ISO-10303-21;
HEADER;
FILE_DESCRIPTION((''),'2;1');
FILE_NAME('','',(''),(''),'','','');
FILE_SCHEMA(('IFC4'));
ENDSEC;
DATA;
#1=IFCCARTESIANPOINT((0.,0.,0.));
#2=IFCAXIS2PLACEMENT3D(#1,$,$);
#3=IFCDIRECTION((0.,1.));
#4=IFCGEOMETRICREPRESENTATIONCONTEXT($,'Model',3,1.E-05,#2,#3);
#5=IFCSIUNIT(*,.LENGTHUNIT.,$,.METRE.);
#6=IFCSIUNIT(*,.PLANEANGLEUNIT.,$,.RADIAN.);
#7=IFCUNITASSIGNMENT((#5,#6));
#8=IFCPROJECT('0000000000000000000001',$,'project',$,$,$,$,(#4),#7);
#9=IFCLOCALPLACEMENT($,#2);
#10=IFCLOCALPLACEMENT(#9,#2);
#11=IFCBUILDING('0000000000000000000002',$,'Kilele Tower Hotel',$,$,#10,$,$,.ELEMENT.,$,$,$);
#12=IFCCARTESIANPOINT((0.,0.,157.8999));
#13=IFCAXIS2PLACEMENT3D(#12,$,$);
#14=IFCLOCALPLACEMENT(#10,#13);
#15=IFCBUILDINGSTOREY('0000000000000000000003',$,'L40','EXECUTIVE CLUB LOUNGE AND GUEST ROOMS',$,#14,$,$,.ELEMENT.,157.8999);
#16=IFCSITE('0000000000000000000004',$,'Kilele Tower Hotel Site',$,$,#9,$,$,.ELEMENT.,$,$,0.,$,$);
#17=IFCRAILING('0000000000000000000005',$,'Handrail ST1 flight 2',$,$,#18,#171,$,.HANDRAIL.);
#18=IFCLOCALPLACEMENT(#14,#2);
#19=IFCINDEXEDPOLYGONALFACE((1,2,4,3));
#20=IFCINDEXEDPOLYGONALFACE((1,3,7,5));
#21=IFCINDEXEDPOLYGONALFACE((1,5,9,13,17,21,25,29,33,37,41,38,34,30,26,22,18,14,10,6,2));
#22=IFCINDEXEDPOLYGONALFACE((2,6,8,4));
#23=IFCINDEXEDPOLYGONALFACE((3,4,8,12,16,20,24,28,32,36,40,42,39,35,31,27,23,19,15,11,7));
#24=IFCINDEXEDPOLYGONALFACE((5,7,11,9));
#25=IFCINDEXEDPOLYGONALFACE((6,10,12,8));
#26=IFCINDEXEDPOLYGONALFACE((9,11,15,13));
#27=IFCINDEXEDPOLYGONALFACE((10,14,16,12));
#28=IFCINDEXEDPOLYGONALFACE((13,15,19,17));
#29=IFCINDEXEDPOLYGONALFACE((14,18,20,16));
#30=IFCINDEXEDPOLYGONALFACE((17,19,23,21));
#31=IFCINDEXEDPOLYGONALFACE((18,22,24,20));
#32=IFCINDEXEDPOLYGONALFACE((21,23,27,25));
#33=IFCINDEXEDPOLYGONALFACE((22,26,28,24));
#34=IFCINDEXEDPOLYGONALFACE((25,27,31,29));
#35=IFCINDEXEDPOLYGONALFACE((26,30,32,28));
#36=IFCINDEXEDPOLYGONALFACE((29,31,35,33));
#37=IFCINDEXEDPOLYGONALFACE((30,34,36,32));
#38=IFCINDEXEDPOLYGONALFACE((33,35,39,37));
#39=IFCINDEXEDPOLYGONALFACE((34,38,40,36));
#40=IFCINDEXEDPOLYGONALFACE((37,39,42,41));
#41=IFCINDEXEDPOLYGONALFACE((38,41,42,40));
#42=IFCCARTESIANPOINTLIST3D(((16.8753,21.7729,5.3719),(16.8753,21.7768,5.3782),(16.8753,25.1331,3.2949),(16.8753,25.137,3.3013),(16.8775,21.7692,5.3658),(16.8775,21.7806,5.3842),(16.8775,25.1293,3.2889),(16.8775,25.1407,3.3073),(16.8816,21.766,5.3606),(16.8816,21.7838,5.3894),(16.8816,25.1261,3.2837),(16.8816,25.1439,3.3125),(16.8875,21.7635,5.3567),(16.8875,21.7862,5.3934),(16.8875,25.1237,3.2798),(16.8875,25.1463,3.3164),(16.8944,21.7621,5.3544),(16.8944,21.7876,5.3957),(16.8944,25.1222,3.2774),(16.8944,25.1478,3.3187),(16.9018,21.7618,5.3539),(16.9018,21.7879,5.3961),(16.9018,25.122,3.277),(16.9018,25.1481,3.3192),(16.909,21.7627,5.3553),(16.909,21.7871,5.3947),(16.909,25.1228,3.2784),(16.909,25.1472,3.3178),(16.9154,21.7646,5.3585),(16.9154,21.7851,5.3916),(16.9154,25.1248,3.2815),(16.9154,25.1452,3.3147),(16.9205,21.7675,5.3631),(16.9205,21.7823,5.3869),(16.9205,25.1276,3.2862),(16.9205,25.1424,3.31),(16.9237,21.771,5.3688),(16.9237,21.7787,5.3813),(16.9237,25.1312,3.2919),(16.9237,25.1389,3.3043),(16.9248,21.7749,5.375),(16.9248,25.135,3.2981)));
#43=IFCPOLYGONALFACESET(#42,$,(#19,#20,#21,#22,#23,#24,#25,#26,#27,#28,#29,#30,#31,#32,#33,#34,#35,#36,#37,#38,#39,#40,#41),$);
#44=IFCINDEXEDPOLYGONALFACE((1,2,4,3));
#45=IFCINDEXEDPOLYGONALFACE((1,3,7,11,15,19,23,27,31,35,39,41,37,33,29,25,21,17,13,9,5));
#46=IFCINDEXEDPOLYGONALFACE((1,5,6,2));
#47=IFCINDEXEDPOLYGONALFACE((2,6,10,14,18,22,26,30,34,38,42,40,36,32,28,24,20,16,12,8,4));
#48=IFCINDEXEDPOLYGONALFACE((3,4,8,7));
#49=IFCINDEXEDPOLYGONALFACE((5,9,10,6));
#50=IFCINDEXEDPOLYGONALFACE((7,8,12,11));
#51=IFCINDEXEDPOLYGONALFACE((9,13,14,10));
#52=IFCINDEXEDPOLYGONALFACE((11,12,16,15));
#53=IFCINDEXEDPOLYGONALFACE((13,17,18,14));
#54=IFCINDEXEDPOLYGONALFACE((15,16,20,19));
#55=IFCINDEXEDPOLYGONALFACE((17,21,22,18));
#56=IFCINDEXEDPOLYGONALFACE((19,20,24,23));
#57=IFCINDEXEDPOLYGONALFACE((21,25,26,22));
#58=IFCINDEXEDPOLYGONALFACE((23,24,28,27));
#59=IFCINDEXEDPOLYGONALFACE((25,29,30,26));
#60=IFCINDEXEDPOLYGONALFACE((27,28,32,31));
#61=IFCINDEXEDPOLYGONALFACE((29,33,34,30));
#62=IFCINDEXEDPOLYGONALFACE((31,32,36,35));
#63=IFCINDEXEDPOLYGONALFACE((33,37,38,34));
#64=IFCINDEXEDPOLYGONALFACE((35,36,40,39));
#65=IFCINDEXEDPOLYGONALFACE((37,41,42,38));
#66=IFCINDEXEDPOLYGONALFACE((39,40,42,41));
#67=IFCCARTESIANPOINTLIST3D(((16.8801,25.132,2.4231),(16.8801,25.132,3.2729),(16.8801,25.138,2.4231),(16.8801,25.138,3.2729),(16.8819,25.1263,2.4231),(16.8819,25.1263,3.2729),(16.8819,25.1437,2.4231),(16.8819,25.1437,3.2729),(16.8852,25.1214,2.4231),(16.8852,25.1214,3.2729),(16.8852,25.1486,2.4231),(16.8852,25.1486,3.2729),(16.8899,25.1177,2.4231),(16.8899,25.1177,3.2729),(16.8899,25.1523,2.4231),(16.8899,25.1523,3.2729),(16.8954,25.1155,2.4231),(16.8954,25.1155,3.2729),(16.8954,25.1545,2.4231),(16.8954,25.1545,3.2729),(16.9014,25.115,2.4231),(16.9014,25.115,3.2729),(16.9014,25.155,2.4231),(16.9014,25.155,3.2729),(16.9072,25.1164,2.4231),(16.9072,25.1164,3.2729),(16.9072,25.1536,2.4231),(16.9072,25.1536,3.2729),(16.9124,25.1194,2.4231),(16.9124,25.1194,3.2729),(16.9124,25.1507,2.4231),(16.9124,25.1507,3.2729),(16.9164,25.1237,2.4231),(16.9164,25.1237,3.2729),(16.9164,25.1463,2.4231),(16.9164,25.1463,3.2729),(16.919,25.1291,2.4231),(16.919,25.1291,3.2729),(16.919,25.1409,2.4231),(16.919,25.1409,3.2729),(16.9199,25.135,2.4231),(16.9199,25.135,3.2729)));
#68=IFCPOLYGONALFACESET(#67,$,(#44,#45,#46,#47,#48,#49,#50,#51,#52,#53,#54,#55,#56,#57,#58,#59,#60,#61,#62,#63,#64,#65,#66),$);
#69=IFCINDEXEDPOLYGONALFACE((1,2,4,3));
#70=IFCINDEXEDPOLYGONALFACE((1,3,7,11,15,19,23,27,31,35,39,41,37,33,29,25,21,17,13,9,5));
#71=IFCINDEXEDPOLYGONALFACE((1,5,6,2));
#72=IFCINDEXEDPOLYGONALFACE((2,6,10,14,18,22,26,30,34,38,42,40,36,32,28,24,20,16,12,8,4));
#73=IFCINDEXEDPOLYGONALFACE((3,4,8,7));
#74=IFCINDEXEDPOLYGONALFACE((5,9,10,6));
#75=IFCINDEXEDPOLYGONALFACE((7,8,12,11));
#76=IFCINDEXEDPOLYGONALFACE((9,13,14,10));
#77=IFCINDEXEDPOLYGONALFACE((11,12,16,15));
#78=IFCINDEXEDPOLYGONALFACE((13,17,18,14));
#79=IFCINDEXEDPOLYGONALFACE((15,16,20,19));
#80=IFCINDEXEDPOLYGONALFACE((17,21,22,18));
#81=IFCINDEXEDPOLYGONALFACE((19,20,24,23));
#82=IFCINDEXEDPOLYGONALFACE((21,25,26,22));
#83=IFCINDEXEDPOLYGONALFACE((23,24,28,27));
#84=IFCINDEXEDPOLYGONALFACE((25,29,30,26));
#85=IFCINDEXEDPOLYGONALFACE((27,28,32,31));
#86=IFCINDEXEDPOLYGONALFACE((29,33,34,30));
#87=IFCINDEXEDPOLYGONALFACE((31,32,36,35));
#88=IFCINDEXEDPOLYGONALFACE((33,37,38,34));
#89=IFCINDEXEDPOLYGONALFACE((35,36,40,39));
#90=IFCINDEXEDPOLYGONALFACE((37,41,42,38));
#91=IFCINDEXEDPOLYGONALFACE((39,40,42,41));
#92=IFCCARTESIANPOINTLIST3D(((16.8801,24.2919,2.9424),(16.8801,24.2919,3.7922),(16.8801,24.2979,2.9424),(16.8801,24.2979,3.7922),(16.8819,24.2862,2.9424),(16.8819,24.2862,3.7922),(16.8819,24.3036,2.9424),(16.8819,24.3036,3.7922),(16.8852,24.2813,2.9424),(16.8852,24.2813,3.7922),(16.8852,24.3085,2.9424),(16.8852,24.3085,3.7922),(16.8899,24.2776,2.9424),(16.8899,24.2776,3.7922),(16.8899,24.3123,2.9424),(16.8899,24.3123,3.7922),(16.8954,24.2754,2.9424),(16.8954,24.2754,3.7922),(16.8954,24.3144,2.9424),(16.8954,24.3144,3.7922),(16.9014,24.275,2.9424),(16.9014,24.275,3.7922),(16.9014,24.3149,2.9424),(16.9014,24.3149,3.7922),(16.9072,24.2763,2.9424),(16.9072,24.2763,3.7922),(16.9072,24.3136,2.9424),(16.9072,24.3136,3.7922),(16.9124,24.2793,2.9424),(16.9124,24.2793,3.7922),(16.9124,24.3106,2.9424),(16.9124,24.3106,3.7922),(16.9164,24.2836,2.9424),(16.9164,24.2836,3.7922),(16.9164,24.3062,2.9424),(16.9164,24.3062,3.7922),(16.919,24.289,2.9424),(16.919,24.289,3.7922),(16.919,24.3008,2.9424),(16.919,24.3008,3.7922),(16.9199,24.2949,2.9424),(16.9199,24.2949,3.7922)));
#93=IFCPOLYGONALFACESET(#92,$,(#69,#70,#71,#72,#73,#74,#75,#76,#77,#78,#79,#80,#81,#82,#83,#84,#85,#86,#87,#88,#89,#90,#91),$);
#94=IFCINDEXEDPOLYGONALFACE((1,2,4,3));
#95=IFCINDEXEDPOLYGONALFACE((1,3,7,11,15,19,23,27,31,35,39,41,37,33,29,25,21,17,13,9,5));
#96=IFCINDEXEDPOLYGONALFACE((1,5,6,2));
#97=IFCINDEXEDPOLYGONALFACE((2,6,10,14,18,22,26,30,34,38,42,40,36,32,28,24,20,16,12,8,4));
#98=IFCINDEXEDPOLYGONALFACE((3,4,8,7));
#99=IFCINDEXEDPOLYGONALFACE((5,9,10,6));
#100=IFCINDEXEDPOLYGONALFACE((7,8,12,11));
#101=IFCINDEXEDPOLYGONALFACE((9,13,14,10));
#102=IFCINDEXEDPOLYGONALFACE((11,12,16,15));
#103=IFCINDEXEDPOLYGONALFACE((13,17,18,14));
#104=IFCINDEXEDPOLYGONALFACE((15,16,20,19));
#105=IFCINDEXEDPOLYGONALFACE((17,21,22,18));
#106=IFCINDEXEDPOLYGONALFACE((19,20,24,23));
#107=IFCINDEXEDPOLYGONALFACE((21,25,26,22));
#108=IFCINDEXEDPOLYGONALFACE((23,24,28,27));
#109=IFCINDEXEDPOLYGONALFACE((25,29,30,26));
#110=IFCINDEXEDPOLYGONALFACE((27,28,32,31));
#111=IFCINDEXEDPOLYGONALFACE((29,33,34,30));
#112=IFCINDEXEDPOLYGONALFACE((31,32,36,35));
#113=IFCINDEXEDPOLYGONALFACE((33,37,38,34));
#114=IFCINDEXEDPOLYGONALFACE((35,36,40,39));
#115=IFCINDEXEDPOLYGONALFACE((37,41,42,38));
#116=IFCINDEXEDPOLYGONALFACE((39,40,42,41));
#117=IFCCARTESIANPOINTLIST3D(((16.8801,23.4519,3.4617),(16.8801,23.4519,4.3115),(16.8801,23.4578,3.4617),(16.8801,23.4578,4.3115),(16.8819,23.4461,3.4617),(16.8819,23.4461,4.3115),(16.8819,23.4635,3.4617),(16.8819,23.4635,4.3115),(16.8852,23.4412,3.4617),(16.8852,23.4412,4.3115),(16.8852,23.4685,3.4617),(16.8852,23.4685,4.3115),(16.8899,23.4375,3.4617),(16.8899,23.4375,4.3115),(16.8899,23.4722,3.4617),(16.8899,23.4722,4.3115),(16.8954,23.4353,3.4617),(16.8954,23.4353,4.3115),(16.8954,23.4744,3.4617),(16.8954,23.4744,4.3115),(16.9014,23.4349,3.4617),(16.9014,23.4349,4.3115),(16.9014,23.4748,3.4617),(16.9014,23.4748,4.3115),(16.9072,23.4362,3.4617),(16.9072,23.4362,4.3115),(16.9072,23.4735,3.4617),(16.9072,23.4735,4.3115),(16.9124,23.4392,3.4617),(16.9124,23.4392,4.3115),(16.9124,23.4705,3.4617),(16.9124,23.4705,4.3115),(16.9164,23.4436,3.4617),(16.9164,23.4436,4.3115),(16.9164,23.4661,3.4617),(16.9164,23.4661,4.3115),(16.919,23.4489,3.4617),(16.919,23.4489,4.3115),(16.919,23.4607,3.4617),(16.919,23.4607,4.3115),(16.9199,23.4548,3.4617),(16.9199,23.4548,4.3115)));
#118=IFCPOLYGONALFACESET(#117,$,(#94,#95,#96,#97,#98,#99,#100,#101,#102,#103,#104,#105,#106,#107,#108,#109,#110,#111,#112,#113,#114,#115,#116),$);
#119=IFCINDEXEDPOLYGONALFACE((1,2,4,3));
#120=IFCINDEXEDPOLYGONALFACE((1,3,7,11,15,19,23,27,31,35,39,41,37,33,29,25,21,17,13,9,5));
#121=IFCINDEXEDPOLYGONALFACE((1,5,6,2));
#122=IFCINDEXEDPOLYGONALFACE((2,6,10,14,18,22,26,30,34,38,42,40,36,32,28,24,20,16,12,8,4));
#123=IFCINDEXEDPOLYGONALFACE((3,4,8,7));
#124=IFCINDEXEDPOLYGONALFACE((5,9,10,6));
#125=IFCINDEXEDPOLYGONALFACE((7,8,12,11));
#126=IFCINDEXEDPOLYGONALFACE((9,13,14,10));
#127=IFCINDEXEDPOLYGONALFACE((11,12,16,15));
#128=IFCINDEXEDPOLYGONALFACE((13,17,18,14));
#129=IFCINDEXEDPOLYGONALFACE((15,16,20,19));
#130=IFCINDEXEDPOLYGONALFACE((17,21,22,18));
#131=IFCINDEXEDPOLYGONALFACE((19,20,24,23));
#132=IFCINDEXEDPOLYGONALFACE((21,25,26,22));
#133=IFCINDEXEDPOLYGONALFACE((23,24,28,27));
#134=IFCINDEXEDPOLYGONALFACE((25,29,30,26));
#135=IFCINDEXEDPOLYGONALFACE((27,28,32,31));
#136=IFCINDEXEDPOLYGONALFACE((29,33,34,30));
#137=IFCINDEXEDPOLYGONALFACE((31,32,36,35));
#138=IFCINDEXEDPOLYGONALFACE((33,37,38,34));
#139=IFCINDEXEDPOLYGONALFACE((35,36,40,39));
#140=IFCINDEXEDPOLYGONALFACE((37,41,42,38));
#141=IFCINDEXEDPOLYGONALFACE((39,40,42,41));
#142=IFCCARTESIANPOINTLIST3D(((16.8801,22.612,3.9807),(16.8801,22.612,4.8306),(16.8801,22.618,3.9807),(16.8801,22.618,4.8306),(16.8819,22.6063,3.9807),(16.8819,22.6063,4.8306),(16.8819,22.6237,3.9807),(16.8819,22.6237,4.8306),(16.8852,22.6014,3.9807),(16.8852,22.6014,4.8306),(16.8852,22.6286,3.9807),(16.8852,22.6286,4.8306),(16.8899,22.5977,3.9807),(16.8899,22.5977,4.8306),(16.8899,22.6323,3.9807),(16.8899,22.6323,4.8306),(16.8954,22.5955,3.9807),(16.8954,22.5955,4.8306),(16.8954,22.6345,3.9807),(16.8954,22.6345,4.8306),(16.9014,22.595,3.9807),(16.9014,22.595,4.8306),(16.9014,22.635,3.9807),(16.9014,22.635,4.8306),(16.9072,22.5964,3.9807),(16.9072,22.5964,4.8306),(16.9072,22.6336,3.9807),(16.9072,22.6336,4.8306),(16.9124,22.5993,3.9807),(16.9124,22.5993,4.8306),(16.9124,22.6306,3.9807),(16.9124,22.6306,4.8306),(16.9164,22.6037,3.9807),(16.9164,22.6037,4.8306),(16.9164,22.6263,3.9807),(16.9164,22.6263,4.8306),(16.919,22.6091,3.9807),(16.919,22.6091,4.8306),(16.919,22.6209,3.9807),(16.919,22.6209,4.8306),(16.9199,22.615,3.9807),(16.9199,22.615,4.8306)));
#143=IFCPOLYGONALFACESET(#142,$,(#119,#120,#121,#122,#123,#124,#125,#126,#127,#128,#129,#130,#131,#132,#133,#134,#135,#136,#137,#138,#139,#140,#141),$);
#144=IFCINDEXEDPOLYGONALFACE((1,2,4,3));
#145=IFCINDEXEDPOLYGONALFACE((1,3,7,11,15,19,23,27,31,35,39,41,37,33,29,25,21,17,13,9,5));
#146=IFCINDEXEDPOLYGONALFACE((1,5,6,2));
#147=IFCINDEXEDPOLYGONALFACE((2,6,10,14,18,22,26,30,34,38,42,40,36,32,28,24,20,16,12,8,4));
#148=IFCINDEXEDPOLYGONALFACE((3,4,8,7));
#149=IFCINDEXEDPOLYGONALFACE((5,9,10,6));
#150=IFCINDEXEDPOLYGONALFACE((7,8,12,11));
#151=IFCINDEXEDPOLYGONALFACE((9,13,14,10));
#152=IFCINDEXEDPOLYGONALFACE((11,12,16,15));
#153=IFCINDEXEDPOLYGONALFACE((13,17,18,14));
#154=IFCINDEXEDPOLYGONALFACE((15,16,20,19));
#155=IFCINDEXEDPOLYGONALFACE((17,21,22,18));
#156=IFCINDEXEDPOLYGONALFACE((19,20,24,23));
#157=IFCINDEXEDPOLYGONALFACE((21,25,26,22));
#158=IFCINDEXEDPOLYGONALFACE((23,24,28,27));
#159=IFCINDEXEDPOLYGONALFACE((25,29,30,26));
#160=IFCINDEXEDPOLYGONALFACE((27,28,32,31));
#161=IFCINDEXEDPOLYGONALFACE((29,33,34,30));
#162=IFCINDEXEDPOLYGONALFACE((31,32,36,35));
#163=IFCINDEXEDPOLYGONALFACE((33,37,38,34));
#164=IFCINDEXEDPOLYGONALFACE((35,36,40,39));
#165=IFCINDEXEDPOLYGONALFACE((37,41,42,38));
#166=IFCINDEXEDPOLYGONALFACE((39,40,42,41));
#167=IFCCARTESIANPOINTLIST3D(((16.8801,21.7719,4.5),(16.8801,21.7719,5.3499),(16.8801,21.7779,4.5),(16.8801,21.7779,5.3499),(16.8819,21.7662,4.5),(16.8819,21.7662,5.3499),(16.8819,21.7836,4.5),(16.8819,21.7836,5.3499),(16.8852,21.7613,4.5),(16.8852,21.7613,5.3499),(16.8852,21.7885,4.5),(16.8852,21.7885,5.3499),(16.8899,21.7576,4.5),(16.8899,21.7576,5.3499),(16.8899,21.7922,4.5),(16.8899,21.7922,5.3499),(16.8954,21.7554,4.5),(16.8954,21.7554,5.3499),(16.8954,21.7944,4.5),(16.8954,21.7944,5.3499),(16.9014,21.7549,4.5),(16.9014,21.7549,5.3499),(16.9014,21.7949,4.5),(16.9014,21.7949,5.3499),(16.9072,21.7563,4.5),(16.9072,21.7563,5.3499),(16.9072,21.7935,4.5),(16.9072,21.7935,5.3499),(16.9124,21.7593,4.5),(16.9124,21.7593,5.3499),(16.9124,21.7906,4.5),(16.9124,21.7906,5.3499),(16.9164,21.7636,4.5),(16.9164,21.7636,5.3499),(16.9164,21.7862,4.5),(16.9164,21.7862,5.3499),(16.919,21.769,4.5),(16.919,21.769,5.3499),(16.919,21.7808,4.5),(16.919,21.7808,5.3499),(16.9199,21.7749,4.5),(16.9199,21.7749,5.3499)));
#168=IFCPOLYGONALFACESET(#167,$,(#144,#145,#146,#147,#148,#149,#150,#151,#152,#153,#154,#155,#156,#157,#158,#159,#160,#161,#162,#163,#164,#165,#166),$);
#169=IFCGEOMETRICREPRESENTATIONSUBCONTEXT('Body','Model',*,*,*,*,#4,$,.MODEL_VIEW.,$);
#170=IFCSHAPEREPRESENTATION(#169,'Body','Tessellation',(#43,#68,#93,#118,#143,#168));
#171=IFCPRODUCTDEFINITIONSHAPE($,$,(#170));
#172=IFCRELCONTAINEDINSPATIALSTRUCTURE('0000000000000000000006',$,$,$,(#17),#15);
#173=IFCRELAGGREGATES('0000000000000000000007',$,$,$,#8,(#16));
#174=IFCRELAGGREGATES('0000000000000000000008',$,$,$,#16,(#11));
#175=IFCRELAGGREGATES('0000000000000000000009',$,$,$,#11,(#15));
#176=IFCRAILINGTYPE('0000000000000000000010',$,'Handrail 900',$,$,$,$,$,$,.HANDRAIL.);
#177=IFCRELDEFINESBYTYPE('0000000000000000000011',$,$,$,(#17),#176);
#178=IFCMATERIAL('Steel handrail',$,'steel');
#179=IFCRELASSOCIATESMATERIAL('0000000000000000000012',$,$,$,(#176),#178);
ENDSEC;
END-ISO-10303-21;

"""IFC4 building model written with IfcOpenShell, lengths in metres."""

from ifc_helpers import new_model, si_unit, direction, frame, origin, origin_2d, place, context, subcontext, project, spatial, circle, extrude, material, type_object, element, save


model = new_model("IFC4")

# Units and contexts
model_context = context("Model", 3, precision=1e-05, world=origin(), true_north=direction((0.0, 1.0)))
body_context = subcontext(model_context, "Body", "Model", "MODEL_VIEW")
ifc_project = project(units=[si_unit("LENGTHUNIT", "METRE"), si_unit("PLANEANGLEUNIT", "RADIAN")], contexts=[model_context])

# Site, building, storey
site_placement = place(None, origin())
site = spatial("IfcSite", under=ifc_project, at=site_placement, Name="Kilele Tower Hotel Site", CompositionType="ELEMENT", RefElevation=0.0)
building_placement = place(site_placement, origin())
building = spatial("IfcBuilding", under=site, at=building_placement, Name="Kilele Tower Hotel", CompositionType="ELEMENT")
storey_placement = place(building_placement, frame((0.0, 0.0, 157.8999)))
storey = spatial("IfcBuildingStorey", under=building, at=storey_placement, Name="L40", Description="EXECUTIVE CLUB LOUNGE AND GUEST ROOMS", CompositionType="ELEMENT", Elevation=157.8999)

# Railing
ifc_material_1 = material(Name="Steel handrail", Category="steel")
railing_type_1 = type_object("IfcRailingType", Name="Handrail 900", PredefinedType="HANDRAIL", material=ifc_material_1)
for number, where, name in (
    (1, (16.8999, 25.135, 2.4231), "Handrail ST1 flight 2"),
):
    element("IfcRailing", number, at=place(storey_placement, frame(where)), inside=storey, type_object=railing_type_1, Name=name, PredefinedType="HANDRAIL", context=body_context, shape_type="SweptSolid", body=[
        extrude(circle(Radius=0.0249, at=origin_2d()), frame((0.0, 0.0, 0.875), z_axis=(0.0, -0.850623, 0.525776), x_axis=(1.0, 0.0, 0.0)), (0.0, 0.0, 1.0), 3.9502),
        extrude(circle(Radius=0.02, at=origin_2d()), origin(), (0.0, 0.0, 1.0), 0.8499),
        extrude(circle(Radius=0.02, at=origin_2d()), frame((0.0, -0.8401, 0.5193)), (0.0, 0.0, 1.0), 0.8499),
        extrude(circle(Radius=0.02, at=origin_2d()), frame((0.0, -1.6802, 1.0386)), (0.0, 0.0, 1.0), 0.8499),
        extrude(circle(Radius=0.02, at=origin_2d()), frame((0.0, -2.52, 1.5576)), (0.0, 0.0, 1.0), 0.8499),
        extrude(circle(Radius=0.02, at=origin_2d()), frame((0.0, -3.3601, 2.0769)), (0.0, 0.0, 1.0), 0.8499),
    ])

save(model, "model.ifc")
